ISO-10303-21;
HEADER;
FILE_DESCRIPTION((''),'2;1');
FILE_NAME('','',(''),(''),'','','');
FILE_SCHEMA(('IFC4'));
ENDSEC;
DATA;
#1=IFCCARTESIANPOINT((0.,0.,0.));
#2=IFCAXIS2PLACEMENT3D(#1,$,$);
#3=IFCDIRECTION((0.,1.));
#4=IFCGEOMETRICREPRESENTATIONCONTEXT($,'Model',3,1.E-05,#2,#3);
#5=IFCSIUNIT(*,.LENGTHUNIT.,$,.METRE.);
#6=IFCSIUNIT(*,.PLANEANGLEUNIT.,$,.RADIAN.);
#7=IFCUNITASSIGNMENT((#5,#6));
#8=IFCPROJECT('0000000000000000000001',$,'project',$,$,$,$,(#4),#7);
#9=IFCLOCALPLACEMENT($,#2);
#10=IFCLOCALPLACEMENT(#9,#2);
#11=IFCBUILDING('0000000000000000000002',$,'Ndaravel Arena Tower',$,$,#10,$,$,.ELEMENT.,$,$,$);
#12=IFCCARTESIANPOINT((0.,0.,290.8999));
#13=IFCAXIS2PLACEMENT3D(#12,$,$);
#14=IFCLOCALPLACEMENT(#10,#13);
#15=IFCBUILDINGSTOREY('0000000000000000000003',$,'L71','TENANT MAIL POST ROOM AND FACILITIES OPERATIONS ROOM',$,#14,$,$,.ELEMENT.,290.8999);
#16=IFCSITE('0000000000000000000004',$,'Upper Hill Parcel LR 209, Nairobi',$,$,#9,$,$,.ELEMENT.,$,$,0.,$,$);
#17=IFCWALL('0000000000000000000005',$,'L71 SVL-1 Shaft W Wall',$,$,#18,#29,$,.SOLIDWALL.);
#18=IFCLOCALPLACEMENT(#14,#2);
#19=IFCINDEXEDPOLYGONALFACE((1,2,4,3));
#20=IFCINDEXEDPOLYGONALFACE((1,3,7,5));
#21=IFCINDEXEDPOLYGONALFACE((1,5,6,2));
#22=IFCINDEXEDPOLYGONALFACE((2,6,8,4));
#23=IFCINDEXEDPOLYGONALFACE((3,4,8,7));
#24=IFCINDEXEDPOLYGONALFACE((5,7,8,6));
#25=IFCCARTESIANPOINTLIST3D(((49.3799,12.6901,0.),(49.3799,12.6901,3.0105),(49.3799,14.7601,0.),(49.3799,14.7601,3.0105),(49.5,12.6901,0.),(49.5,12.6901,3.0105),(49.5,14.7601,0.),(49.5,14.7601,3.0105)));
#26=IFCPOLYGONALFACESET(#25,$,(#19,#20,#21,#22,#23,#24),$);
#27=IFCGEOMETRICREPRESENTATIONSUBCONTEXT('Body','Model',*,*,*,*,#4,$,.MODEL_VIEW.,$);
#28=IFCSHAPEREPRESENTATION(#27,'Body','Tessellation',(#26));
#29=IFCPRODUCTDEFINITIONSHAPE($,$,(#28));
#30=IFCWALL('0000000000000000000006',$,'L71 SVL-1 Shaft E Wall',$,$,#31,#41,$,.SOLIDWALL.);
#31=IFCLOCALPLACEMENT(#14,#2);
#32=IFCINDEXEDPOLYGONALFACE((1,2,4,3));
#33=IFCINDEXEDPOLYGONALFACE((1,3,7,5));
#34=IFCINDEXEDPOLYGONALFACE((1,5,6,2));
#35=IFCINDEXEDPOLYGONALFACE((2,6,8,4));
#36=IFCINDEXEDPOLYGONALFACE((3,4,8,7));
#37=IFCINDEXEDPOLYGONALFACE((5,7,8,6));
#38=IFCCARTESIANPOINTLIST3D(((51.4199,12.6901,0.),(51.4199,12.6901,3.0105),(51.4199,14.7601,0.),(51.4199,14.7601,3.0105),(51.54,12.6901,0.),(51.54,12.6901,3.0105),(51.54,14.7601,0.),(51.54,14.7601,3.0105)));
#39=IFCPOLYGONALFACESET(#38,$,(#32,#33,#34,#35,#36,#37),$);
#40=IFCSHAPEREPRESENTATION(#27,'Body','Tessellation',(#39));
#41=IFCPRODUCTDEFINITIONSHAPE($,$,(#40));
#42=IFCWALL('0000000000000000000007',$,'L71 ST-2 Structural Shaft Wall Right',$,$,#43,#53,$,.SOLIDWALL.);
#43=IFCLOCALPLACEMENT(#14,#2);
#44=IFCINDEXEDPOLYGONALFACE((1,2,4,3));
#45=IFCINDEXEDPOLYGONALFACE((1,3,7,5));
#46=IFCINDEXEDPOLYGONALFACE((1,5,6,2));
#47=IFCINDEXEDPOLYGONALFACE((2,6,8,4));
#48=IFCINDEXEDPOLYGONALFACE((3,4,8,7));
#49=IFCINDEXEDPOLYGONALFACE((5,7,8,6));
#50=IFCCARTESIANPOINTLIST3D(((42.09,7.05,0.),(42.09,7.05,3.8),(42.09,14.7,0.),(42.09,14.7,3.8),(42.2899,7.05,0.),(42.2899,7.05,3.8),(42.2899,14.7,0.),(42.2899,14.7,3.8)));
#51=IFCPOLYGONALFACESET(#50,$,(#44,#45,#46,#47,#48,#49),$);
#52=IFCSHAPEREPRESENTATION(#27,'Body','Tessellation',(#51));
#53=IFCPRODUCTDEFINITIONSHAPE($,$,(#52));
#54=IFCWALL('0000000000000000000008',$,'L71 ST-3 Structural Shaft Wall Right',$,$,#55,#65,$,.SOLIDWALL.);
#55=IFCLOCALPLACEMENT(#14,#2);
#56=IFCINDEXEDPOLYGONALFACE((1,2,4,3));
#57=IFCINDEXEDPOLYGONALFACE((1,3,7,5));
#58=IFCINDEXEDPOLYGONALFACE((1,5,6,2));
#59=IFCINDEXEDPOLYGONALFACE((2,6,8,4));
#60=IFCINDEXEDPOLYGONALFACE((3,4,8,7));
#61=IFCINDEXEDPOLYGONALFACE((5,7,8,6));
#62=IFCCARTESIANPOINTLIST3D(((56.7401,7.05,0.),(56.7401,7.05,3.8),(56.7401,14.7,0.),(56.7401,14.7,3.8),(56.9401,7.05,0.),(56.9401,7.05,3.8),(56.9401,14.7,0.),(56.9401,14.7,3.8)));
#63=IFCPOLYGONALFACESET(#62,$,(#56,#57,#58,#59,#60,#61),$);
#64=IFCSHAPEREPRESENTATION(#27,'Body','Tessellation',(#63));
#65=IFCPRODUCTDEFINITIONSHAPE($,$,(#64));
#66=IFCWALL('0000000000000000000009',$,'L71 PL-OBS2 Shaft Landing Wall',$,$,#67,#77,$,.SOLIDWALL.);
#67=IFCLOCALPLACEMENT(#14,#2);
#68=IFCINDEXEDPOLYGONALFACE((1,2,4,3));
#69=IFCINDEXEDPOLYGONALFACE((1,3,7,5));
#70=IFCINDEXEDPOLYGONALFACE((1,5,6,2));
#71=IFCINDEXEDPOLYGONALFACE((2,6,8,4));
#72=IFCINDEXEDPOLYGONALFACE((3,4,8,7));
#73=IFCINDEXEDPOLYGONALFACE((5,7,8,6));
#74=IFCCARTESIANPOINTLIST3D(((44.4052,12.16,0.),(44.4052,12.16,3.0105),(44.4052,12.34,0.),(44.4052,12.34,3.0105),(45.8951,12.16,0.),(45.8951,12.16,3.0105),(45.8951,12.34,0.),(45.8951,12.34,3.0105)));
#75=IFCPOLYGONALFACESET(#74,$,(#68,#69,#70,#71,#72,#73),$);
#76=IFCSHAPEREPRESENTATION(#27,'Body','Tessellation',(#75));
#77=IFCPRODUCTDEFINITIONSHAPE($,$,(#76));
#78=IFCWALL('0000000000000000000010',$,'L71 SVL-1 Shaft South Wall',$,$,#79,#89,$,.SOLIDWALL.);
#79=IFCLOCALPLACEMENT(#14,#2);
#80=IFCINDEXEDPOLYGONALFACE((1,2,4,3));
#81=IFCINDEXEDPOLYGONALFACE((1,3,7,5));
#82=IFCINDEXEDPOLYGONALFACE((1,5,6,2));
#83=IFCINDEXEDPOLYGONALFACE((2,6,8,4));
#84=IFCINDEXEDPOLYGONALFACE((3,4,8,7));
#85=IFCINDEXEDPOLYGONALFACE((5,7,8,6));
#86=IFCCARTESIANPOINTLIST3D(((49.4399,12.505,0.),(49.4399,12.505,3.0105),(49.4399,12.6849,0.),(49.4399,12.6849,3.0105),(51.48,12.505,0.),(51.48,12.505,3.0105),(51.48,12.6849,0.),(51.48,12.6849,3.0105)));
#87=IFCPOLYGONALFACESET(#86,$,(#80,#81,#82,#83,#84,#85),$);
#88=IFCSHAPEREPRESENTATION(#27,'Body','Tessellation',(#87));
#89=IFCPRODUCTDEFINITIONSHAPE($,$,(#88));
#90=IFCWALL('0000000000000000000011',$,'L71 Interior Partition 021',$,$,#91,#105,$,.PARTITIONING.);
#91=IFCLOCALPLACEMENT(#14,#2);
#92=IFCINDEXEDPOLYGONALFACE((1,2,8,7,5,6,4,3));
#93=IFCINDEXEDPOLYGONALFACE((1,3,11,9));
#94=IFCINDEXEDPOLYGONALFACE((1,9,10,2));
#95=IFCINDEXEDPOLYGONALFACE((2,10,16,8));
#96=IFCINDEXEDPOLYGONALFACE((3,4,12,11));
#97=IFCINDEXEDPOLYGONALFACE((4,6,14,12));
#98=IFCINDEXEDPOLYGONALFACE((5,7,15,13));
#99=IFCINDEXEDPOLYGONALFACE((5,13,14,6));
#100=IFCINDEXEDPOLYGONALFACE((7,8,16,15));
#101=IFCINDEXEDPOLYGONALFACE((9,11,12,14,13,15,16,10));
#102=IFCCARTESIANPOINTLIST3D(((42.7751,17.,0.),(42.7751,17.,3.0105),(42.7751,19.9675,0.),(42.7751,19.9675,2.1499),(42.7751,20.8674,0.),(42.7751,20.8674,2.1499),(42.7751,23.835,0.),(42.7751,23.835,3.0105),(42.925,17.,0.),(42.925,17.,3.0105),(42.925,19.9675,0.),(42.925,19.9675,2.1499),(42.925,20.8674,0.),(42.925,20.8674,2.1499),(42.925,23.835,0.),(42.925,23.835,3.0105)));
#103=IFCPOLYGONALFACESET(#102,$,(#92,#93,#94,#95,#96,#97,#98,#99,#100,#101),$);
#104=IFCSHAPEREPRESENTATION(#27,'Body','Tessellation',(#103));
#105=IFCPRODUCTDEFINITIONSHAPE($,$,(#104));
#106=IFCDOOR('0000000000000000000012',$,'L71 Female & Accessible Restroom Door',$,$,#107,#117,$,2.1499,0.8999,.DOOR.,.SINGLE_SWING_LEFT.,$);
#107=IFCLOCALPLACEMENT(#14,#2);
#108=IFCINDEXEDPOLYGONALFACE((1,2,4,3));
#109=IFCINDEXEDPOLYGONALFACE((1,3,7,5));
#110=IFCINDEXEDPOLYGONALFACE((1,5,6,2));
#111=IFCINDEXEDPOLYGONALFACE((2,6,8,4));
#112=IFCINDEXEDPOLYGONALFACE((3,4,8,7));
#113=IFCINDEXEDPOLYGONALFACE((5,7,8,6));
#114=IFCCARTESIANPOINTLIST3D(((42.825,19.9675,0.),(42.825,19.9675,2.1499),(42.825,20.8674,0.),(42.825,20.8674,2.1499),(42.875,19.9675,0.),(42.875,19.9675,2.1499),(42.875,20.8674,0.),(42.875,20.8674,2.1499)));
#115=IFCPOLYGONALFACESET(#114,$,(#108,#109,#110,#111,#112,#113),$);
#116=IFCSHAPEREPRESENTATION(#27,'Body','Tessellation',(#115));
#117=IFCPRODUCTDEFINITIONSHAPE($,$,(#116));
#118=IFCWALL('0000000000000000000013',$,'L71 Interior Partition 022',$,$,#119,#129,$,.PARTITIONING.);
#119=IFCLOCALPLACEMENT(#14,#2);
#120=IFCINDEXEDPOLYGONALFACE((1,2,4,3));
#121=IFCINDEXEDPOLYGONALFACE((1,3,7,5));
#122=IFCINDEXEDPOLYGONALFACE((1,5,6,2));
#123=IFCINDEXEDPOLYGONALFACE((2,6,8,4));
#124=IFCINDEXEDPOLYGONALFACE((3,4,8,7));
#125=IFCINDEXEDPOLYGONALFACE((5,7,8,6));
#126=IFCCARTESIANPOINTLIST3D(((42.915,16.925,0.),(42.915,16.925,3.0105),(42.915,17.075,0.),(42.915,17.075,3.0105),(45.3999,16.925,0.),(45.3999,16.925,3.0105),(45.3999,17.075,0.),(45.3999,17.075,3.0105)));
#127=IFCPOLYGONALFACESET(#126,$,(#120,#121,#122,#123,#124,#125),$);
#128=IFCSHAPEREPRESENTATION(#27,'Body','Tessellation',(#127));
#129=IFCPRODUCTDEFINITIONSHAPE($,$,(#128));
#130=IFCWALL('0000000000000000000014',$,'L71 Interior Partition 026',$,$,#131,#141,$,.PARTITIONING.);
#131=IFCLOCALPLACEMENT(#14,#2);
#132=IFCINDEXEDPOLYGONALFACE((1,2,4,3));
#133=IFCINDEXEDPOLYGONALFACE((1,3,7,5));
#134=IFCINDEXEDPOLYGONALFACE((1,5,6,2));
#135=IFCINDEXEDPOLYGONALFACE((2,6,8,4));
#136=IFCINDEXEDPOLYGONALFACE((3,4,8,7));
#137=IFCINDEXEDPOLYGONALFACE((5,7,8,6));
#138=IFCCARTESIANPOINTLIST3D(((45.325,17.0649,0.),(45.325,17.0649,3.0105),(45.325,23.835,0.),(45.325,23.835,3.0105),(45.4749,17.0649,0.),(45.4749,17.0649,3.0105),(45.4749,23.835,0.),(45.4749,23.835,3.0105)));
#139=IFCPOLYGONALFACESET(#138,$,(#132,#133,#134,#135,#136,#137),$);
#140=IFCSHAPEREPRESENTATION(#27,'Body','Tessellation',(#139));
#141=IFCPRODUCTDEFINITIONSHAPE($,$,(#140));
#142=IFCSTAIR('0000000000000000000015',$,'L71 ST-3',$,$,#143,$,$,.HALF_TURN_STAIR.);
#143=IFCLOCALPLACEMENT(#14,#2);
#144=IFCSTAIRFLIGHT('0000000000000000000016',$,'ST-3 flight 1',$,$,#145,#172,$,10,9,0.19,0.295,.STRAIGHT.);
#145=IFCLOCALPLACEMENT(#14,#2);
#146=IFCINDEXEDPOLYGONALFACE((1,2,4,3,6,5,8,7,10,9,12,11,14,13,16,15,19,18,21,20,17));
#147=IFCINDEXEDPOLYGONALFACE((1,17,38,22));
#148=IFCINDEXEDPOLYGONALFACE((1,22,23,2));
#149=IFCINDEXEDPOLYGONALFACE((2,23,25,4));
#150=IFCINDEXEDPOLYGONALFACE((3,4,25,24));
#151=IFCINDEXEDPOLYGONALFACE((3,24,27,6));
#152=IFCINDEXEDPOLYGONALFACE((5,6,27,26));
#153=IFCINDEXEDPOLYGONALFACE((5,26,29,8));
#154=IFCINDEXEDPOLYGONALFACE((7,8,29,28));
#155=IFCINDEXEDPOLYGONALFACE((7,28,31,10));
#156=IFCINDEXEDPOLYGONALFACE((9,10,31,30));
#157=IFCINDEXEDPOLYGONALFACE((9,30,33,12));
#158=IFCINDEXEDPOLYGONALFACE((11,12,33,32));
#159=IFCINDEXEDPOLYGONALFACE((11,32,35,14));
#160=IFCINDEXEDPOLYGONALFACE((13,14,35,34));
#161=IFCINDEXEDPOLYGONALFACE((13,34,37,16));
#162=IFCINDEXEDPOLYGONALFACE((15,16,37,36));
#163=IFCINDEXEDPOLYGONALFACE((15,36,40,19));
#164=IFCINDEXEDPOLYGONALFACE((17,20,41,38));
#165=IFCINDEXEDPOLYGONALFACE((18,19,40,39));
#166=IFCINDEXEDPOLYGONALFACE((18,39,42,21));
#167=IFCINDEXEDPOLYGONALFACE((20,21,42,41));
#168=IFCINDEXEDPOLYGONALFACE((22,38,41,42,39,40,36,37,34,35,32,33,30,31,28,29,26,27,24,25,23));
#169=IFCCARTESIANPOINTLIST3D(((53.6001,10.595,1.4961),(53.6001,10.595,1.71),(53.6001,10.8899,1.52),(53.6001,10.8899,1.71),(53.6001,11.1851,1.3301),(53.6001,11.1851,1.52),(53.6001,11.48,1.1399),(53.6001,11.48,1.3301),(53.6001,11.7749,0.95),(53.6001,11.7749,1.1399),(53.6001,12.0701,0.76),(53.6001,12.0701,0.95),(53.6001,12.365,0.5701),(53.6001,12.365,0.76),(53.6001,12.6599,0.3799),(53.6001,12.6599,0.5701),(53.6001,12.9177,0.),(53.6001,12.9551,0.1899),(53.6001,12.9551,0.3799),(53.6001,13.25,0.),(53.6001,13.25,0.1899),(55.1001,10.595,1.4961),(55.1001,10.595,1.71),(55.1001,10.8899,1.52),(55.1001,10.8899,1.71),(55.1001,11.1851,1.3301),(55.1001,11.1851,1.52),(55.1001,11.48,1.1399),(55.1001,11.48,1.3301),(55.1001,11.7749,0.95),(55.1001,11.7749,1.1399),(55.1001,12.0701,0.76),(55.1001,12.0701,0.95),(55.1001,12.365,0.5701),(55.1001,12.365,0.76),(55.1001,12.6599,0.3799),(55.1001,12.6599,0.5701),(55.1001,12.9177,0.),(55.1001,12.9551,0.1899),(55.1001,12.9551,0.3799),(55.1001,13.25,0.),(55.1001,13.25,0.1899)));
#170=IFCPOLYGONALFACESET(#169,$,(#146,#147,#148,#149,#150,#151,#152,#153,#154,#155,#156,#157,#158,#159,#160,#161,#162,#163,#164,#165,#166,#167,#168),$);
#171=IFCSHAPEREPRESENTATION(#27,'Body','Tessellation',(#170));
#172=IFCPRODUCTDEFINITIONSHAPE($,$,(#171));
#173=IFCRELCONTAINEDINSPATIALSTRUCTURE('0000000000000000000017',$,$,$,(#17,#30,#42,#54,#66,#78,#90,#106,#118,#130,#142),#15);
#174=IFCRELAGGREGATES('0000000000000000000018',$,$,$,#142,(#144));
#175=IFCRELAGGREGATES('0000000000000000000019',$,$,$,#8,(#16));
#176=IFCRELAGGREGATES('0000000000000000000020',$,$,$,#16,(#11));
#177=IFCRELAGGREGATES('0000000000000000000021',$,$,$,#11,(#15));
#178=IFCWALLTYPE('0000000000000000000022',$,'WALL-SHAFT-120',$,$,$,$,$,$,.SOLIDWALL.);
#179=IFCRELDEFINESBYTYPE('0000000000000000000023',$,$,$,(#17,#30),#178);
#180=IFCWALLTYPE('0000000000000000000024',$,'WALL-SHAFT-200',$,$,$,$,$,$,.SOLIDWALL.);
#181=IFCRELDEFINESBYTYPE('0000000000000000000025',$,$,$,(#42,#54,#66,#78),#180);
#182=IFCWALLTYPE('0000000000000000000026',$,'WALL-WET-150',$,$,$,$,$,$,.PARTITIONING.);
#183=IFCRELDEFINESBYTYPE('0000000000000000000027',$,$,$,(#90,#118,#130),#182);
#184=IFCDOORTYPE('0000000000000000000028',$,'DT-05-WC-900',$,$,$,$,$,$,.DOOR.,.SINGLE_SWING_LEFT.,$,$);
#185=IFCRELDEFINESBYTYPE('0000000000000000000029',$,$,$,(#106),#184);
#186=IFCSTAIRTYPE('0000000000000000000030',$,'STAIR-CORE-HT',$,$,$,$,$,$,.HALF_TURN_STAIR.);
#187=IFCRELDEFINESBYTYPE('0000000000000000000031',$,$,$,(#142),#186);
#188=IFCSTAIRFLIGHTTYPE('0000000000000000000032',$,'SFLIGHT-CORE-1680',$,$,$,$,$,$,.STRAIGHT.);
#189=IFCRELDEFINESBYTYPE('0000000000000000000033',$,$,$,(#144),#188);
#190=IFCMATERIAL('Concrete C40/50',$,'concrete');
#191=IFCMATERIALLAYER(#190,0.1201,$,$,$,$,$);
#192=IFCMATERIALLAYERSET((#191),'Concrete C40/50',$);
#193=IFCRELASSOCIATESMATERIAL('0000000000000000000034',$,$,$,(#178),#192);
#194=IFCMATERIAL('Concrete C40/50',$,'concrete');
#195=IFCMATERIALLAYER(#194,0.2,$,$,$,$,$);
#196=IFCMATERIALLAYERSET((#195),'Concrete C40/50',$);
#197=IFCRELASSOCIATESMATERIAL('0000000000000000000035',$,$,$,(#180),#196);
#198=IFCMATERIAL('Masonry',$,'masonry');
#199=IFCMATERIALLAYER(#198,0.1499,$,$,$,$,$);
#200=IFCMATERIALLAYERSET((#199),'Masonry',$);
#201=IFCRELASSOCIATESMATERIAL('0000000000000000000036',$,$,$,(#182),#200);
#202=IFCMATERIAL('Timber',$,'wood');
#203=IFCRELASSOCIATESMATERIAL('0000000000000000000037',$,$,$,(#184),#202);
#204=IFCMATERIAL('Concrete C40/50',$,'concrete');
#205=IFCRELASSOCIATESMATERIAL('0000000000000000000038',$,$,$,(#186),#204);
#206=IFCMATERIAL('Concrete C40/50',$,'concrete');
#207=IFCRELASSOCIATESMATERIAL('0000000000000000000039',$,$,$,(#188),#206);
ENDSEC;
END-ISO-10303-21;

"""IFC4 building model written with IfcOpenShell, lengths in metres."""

from ifc_helpers import new_model, si_unit, direction, frame, frame_2d, origin, place, context, subcontext, project, spatial, polyline, rectangle, outline, extrude, material, layer, layer_set, type_object, element, fill, aggregate, save


model = new_model("IFC4")

# Units and contexts
model_context = context("Model", 3, precision=1e-05, world=origin(), true_north=direction((0.0, 1.0)))
body_context = subcontext(model_context, "Body", "Model", "MODEL_VIEW")
ifc_project = project(units=[si_unit("LENGTHUNIT", "METRE"), si_unit("PLANEANGLEUNIT", "RADIAN")], contexts=[model_context])

# Site, building, storey
site_placement = place(None, origin())
site = spatial("IfcSite", under=ifc_project, at=site_placement, Name="Upper Hill Parcel LR 209, Nairobi", CompositionType="ELEMENT", RefElevation=0.0)
building_placement = place(site_placement, origin())
building = spatial("IfcBuilding", under=site, at=building_placement, Name="Ndaravel Arena Tower", CompositionType="ELEMENT")
storey_placement = place(building_placement, frame((0.0, 0.0, 290.8999)))
storey = spatial("IfcBuildingStorey", under=building, at=storey_placement, Name="L71", Description="TENANT MAIL POST ROOM AND FACILITIES OPERATIONS ROOM", CompositionType="ELEMENT", Elevation=290.8999)

# Walls
ifc_material_1 = material(Name="Concrete C40/50", Category="concrete")
ifc_layer_1 = layer(ifc_material_1, 0.1201)
ifc_layer_set_1 = layer_set([ifc_layer_1], Name="Concrete C40/50")
wall_type_1 = type_object("IfcWallType", Name="WALL-SHAFT-120", PredefinedType="SOLIDWALL", material=ifc_layer_set_1)
for number, where, z_axis, x_axis, name in (
    (1, (49.4399, 12.6899, 0.0), (0.0, 0.0, 1.0), (0.0, 1.0, 0.0), "L71 SVL-1 Shaft W Wall"),
    (2, (51.48, 12.6899, 0.0), (0.0, 0.0, 1.0), (0.0, 1.0, 0.0), "L71 SVL-1 Shaft E Wall"),
):
    element("IfcWall", number, at=place(storey_placement, frame(where, z_axis=z_axis, x_axis=x_axis)), inside=storey, type_object=wall_type_1, Name=name, PredefinedType="SOLIDWALL", context=body_context, shape_type="SweptSolid", body=[
        extrude(rectangle(XDim=2.0701, YDim=0.1201, at=frame_2d((1.0352, 0.0))), origin(), (0.0, 0.0, 1.0), 3.0105),
    ])
ifc_material_2 = material(Name="Concrete C40/50", Category="concrete")
ifc_layer_2 = layer(ifc_material_2, 0.2)
ifc_layer_set_2 = layer_set([ifc_layer_2], Name="Concrete C40/50")
wall_type_2 = type_object("IfcWallType", Name="WALL-SHAFT-200", PredefinedType="SOLIDWALL", material=ifc_layer_set_2)
for number, where, z_axis, x_axis, name in (
    (3, (42.1899, 14.7, 0.0), (0.0, 0.0, 1.0), (0.0, -1.0, 0.0), "L71 ST-2 Structural Shaft Wall Right"),
    (4, (56.8401, 14.7, 0.0), (0.0, 0.0, 1.0), (0.0, -1.0, 0.0), "L71 ST-3 Structural Shaft Wall Right"),
):
    element("IfcWall", number, at=place(storey_placement, frame(where, z_axis=z_axis, x_axis=x_axis)), inside=storey, type_object=wall_type_2, Name=name, PredefinedType="SOLIDWALL", context=body_context, shape_type="SweptSolid", body=[
        extrude(rectangle(XDim=7.6499, YDim=0.2, at=frame_2d((3.825, 0.0))), origin(), (0.0, 0.0, 1.0), 3.8),
    ])
wall_1_placement = place(storey_placement, frame((44.405, 12.25, 0.0), z_axis=(0.0, 0.0, 1.0), x_axis=(1.0, 0.0, 0.0)))
element("IfcWall", 5, at=wall_1_placement, inside=storey, type_object=wall_type_2, Name="L71 PL-OBS2 Shaft Landing Wall", PredefinedType="SOLIDWALL", context=body_context, shape_type="SweptSolid", body=[
    extrude(rectangle(XDim=1.49, YDim=0.1799, at=frame_2d((0.7451, 0.0))), origin(), (0.0, 0.0, 1.0), 3.0105),
])
wall_2_placement = place(storey_placement, frame((49.4399, 12.595, 0.0), z_axis=(0.0, 0.0, 1.0), x_axis=(1.0, 0.0, 0.0)))
element("IfcWall", 6, at=wall_2_placement, inside=storey, type_object=wall_type_2, Name="L71 SVL-1 Shaft South Wall", PredefinedType="SOLIDWALL", context=body_context, shape_type="SweptSolid", body=[
    extrude(rectangle(XDim=2.04, YDim=0.1799, at=frame_2d((1.02, 0.0))), origin(), (0.0, 0.0, 1.0), 3.0105),
])

# Wall, opening, door
ifc_material_3 = material(Name="Masonry", Category="masonry")
ifc_layer_3 = layer(ifc_material_3, 0.1499)
ifc_layer_set_3 = layer_set([ifc_layer_3], Name="Masonry")
wall_type_3 = type_object("IfcWallType", Name="WALL-WET-150", PredefinedType="PARTITIONING", material=ifc_layer_set_3)
wall_3_placement = place(storey_placement, frame((42.8501, 23.835, 0.0), z_axis=(0.0, 0.0, 1.0), x_axis=(0.0, -1.0, 0.0)))
wall_3 = element("IfcWall", 7, at=wall_3_placement, inside=storey, type_object=wall_type_3, Name="L71 Interior Partition 021", PredefinedType="PARTITIONING", context=body_context, shape_type="SweptSolid", body=[
    extrude(rectangle(XDim=6.835, YDim=0.1499, at=frame_2d((3.4175, 0.0))), origin(), (0.0, 0.0, 1.0), 3.0105),
])
opening_1_placement = place(wall_3_placement, frame((2.9675, 0.0, 0.0)))
opening_1 = element("IfcOpeningElement", 8, at=opening_1_placement, cuts=wall_3, PredefinedType="OPENING", context=body_context, shape_type="SweptSolid", body=[
    extrude(rectangle(XDim=0.8999, YDim=2.1499, at=frame_2d((0.45, 1.075))), frame((0.0, 0.075, 0.0), z_axis=(0.0, -1.0, 0.0), x_axis=(1.0, 0.0, 0.0)), (0.0, 0.0, 1.0), 0.1499),
])
ifc_material_4 = material(Name="Timber", Category="wood")
door_type_1 = type_object("IfcDoorType", Name="DT-05-WC-900", OperationType="SINGLE_SWING_LEFT", PredefinedType="DOOR", material=ifc_material_4)
door_1_placement = place(opening_1_placement, origin())
door_1 = element("IfcDoor", 9, at=door_1_placement, inside=storey, type_object=door_type_1, Name="L71 Female & Accessible Restroom Door", OperationType="SINGLE_SWING_LEFT", OverallHeight=2.1499, OverallWidth=0.8999, PredefinedType="DOOR", context=body_context, shape_type="SweptSolid", body=[
    extrude(rectangle(XDim=0.8999, YDim=2.1499, at=frame_2d((0.45, 1.075))), frame((0.0, 0.0249, 0.0), z_axis=(0.0, -1.0, 0.0), x_axis=(1.0, 0.0, 0.0)), (0.0, 0.0, 1.0), 0.05),
])
fill(opening_1, door_1)

# Walls
wall_4_placement = place(storey_placement, frame((42.915, 17.0, 0.0), z_axis=(0.0, 0.0, 1.0), x_axis=(1.0, 0.0, 0.0)))
element("IfcWall", 10, at=wall_4_placement, inside=storey, type_object=wall_type_3, Name="L71 Interior Partition 022", PredefinedType="PARTITIONING", context=body_context, shape_type="SweptSolid", body=[
    extrude(rectangle(XDim=2.4849, YDim=0.1499, at=frame_2d((1.2424, 0.0))), origin(), (0.0, 0.0, 1.0), 3.0105),
])
wall_5_placement = place(storey_placement, frame((45.3999, 23.835, 0.0), z_axis=(0.0, 0.0, 1.0), x_axis=(0.0, -1.0, 0.0)))
element("IfcWall", 11, at=wall_5_placement, inside=storey, type_object=wall_type_3, Name="L71 Interior Partition 026", PredefinedType="PARTITIONING", context=body_context, shape_type="SweptSolid", body=[
    extrude(rectangle(XDim=6.77, YDim=0.1499, at=frame_2d((3.385, 0.0))), origin(), (0.0, 0.0, 1.0), 3.0105),
])

# Stair, stair flight
ifc_material_5 = material(Name="Concrete C40/50", Category="concrete")
stair_type = type_object("IfcStairType", Name="STAIR-CORE-HT", PredefinedType="HALF_TURN_STAIR", material=ifc_material_5)
stair_placement = place(storey_placement, origin())
stair = element("IfcStair", 12, at=stair_placement, inside=storey, type_object=stair_type, Name="L71 ST-3", PredefinedType="HALF_TURN_STAIR")
ifc_material_6 = material(Name="Concrete C40/50", Category="concrete")
stair_flight_type = type_object("IfcStairFlightType", Name="SFLIGHT-CORE-1680", PredefinedType="STRAIGHT", material=ifc_material_6)
stair_flight_placement = place(storey_placement, frame((54.3501, 13.25, 0.0), z_axis=(0.0, 0.0, 1.0), x_axis=(0.0, -1.0, 0.0)))
stair_flight = element("IfcStairFlight", 13, at=stair_flight_placement, type_object=stair_flight_type, Name="ST-3 flight 1", NumberOfRisers=10, NumberOfTreads=9, PredefinedType="STRAIGHT", RiserHeight=0.19, TreadLength=0.295, context=body_context, shape_type="SweptSolid", body=[
    extrude(outline(polyline([(0.0, 0.0), (0.0, 0.1899), (0.2949, 0.1899), (0.2949, 0.3799), (0.5901, 0.3799), (0.5901, 0.5701), (0.885, 0.5701), (0.885, 0.76), (1.1799, 0.76), (1.1799, 0.95), (1.4751, 0.95), (1.4751, 1.1399), (1.77, 1.1399), (1.77, 1.3301), (2.0649, 1.3301), (2.0649, 1.52), (2.3601, 1.52), (2.3601, 1.71), (2.655, 1.71), (2.655, 1.8999), (2.655, 1.4961), (0.3323, 0.0), (0.0, 0.0)])), frame((0.0, 0.75, 0.0), z_axis=(0.0, -1.0, 0.0), x_axis=(1.0, 0.0, 0.0)), (0.0, 0.0, 1.0), 1.5),
])
aggregate(stair, [stair_flight])

save(model, "model.ifc")
